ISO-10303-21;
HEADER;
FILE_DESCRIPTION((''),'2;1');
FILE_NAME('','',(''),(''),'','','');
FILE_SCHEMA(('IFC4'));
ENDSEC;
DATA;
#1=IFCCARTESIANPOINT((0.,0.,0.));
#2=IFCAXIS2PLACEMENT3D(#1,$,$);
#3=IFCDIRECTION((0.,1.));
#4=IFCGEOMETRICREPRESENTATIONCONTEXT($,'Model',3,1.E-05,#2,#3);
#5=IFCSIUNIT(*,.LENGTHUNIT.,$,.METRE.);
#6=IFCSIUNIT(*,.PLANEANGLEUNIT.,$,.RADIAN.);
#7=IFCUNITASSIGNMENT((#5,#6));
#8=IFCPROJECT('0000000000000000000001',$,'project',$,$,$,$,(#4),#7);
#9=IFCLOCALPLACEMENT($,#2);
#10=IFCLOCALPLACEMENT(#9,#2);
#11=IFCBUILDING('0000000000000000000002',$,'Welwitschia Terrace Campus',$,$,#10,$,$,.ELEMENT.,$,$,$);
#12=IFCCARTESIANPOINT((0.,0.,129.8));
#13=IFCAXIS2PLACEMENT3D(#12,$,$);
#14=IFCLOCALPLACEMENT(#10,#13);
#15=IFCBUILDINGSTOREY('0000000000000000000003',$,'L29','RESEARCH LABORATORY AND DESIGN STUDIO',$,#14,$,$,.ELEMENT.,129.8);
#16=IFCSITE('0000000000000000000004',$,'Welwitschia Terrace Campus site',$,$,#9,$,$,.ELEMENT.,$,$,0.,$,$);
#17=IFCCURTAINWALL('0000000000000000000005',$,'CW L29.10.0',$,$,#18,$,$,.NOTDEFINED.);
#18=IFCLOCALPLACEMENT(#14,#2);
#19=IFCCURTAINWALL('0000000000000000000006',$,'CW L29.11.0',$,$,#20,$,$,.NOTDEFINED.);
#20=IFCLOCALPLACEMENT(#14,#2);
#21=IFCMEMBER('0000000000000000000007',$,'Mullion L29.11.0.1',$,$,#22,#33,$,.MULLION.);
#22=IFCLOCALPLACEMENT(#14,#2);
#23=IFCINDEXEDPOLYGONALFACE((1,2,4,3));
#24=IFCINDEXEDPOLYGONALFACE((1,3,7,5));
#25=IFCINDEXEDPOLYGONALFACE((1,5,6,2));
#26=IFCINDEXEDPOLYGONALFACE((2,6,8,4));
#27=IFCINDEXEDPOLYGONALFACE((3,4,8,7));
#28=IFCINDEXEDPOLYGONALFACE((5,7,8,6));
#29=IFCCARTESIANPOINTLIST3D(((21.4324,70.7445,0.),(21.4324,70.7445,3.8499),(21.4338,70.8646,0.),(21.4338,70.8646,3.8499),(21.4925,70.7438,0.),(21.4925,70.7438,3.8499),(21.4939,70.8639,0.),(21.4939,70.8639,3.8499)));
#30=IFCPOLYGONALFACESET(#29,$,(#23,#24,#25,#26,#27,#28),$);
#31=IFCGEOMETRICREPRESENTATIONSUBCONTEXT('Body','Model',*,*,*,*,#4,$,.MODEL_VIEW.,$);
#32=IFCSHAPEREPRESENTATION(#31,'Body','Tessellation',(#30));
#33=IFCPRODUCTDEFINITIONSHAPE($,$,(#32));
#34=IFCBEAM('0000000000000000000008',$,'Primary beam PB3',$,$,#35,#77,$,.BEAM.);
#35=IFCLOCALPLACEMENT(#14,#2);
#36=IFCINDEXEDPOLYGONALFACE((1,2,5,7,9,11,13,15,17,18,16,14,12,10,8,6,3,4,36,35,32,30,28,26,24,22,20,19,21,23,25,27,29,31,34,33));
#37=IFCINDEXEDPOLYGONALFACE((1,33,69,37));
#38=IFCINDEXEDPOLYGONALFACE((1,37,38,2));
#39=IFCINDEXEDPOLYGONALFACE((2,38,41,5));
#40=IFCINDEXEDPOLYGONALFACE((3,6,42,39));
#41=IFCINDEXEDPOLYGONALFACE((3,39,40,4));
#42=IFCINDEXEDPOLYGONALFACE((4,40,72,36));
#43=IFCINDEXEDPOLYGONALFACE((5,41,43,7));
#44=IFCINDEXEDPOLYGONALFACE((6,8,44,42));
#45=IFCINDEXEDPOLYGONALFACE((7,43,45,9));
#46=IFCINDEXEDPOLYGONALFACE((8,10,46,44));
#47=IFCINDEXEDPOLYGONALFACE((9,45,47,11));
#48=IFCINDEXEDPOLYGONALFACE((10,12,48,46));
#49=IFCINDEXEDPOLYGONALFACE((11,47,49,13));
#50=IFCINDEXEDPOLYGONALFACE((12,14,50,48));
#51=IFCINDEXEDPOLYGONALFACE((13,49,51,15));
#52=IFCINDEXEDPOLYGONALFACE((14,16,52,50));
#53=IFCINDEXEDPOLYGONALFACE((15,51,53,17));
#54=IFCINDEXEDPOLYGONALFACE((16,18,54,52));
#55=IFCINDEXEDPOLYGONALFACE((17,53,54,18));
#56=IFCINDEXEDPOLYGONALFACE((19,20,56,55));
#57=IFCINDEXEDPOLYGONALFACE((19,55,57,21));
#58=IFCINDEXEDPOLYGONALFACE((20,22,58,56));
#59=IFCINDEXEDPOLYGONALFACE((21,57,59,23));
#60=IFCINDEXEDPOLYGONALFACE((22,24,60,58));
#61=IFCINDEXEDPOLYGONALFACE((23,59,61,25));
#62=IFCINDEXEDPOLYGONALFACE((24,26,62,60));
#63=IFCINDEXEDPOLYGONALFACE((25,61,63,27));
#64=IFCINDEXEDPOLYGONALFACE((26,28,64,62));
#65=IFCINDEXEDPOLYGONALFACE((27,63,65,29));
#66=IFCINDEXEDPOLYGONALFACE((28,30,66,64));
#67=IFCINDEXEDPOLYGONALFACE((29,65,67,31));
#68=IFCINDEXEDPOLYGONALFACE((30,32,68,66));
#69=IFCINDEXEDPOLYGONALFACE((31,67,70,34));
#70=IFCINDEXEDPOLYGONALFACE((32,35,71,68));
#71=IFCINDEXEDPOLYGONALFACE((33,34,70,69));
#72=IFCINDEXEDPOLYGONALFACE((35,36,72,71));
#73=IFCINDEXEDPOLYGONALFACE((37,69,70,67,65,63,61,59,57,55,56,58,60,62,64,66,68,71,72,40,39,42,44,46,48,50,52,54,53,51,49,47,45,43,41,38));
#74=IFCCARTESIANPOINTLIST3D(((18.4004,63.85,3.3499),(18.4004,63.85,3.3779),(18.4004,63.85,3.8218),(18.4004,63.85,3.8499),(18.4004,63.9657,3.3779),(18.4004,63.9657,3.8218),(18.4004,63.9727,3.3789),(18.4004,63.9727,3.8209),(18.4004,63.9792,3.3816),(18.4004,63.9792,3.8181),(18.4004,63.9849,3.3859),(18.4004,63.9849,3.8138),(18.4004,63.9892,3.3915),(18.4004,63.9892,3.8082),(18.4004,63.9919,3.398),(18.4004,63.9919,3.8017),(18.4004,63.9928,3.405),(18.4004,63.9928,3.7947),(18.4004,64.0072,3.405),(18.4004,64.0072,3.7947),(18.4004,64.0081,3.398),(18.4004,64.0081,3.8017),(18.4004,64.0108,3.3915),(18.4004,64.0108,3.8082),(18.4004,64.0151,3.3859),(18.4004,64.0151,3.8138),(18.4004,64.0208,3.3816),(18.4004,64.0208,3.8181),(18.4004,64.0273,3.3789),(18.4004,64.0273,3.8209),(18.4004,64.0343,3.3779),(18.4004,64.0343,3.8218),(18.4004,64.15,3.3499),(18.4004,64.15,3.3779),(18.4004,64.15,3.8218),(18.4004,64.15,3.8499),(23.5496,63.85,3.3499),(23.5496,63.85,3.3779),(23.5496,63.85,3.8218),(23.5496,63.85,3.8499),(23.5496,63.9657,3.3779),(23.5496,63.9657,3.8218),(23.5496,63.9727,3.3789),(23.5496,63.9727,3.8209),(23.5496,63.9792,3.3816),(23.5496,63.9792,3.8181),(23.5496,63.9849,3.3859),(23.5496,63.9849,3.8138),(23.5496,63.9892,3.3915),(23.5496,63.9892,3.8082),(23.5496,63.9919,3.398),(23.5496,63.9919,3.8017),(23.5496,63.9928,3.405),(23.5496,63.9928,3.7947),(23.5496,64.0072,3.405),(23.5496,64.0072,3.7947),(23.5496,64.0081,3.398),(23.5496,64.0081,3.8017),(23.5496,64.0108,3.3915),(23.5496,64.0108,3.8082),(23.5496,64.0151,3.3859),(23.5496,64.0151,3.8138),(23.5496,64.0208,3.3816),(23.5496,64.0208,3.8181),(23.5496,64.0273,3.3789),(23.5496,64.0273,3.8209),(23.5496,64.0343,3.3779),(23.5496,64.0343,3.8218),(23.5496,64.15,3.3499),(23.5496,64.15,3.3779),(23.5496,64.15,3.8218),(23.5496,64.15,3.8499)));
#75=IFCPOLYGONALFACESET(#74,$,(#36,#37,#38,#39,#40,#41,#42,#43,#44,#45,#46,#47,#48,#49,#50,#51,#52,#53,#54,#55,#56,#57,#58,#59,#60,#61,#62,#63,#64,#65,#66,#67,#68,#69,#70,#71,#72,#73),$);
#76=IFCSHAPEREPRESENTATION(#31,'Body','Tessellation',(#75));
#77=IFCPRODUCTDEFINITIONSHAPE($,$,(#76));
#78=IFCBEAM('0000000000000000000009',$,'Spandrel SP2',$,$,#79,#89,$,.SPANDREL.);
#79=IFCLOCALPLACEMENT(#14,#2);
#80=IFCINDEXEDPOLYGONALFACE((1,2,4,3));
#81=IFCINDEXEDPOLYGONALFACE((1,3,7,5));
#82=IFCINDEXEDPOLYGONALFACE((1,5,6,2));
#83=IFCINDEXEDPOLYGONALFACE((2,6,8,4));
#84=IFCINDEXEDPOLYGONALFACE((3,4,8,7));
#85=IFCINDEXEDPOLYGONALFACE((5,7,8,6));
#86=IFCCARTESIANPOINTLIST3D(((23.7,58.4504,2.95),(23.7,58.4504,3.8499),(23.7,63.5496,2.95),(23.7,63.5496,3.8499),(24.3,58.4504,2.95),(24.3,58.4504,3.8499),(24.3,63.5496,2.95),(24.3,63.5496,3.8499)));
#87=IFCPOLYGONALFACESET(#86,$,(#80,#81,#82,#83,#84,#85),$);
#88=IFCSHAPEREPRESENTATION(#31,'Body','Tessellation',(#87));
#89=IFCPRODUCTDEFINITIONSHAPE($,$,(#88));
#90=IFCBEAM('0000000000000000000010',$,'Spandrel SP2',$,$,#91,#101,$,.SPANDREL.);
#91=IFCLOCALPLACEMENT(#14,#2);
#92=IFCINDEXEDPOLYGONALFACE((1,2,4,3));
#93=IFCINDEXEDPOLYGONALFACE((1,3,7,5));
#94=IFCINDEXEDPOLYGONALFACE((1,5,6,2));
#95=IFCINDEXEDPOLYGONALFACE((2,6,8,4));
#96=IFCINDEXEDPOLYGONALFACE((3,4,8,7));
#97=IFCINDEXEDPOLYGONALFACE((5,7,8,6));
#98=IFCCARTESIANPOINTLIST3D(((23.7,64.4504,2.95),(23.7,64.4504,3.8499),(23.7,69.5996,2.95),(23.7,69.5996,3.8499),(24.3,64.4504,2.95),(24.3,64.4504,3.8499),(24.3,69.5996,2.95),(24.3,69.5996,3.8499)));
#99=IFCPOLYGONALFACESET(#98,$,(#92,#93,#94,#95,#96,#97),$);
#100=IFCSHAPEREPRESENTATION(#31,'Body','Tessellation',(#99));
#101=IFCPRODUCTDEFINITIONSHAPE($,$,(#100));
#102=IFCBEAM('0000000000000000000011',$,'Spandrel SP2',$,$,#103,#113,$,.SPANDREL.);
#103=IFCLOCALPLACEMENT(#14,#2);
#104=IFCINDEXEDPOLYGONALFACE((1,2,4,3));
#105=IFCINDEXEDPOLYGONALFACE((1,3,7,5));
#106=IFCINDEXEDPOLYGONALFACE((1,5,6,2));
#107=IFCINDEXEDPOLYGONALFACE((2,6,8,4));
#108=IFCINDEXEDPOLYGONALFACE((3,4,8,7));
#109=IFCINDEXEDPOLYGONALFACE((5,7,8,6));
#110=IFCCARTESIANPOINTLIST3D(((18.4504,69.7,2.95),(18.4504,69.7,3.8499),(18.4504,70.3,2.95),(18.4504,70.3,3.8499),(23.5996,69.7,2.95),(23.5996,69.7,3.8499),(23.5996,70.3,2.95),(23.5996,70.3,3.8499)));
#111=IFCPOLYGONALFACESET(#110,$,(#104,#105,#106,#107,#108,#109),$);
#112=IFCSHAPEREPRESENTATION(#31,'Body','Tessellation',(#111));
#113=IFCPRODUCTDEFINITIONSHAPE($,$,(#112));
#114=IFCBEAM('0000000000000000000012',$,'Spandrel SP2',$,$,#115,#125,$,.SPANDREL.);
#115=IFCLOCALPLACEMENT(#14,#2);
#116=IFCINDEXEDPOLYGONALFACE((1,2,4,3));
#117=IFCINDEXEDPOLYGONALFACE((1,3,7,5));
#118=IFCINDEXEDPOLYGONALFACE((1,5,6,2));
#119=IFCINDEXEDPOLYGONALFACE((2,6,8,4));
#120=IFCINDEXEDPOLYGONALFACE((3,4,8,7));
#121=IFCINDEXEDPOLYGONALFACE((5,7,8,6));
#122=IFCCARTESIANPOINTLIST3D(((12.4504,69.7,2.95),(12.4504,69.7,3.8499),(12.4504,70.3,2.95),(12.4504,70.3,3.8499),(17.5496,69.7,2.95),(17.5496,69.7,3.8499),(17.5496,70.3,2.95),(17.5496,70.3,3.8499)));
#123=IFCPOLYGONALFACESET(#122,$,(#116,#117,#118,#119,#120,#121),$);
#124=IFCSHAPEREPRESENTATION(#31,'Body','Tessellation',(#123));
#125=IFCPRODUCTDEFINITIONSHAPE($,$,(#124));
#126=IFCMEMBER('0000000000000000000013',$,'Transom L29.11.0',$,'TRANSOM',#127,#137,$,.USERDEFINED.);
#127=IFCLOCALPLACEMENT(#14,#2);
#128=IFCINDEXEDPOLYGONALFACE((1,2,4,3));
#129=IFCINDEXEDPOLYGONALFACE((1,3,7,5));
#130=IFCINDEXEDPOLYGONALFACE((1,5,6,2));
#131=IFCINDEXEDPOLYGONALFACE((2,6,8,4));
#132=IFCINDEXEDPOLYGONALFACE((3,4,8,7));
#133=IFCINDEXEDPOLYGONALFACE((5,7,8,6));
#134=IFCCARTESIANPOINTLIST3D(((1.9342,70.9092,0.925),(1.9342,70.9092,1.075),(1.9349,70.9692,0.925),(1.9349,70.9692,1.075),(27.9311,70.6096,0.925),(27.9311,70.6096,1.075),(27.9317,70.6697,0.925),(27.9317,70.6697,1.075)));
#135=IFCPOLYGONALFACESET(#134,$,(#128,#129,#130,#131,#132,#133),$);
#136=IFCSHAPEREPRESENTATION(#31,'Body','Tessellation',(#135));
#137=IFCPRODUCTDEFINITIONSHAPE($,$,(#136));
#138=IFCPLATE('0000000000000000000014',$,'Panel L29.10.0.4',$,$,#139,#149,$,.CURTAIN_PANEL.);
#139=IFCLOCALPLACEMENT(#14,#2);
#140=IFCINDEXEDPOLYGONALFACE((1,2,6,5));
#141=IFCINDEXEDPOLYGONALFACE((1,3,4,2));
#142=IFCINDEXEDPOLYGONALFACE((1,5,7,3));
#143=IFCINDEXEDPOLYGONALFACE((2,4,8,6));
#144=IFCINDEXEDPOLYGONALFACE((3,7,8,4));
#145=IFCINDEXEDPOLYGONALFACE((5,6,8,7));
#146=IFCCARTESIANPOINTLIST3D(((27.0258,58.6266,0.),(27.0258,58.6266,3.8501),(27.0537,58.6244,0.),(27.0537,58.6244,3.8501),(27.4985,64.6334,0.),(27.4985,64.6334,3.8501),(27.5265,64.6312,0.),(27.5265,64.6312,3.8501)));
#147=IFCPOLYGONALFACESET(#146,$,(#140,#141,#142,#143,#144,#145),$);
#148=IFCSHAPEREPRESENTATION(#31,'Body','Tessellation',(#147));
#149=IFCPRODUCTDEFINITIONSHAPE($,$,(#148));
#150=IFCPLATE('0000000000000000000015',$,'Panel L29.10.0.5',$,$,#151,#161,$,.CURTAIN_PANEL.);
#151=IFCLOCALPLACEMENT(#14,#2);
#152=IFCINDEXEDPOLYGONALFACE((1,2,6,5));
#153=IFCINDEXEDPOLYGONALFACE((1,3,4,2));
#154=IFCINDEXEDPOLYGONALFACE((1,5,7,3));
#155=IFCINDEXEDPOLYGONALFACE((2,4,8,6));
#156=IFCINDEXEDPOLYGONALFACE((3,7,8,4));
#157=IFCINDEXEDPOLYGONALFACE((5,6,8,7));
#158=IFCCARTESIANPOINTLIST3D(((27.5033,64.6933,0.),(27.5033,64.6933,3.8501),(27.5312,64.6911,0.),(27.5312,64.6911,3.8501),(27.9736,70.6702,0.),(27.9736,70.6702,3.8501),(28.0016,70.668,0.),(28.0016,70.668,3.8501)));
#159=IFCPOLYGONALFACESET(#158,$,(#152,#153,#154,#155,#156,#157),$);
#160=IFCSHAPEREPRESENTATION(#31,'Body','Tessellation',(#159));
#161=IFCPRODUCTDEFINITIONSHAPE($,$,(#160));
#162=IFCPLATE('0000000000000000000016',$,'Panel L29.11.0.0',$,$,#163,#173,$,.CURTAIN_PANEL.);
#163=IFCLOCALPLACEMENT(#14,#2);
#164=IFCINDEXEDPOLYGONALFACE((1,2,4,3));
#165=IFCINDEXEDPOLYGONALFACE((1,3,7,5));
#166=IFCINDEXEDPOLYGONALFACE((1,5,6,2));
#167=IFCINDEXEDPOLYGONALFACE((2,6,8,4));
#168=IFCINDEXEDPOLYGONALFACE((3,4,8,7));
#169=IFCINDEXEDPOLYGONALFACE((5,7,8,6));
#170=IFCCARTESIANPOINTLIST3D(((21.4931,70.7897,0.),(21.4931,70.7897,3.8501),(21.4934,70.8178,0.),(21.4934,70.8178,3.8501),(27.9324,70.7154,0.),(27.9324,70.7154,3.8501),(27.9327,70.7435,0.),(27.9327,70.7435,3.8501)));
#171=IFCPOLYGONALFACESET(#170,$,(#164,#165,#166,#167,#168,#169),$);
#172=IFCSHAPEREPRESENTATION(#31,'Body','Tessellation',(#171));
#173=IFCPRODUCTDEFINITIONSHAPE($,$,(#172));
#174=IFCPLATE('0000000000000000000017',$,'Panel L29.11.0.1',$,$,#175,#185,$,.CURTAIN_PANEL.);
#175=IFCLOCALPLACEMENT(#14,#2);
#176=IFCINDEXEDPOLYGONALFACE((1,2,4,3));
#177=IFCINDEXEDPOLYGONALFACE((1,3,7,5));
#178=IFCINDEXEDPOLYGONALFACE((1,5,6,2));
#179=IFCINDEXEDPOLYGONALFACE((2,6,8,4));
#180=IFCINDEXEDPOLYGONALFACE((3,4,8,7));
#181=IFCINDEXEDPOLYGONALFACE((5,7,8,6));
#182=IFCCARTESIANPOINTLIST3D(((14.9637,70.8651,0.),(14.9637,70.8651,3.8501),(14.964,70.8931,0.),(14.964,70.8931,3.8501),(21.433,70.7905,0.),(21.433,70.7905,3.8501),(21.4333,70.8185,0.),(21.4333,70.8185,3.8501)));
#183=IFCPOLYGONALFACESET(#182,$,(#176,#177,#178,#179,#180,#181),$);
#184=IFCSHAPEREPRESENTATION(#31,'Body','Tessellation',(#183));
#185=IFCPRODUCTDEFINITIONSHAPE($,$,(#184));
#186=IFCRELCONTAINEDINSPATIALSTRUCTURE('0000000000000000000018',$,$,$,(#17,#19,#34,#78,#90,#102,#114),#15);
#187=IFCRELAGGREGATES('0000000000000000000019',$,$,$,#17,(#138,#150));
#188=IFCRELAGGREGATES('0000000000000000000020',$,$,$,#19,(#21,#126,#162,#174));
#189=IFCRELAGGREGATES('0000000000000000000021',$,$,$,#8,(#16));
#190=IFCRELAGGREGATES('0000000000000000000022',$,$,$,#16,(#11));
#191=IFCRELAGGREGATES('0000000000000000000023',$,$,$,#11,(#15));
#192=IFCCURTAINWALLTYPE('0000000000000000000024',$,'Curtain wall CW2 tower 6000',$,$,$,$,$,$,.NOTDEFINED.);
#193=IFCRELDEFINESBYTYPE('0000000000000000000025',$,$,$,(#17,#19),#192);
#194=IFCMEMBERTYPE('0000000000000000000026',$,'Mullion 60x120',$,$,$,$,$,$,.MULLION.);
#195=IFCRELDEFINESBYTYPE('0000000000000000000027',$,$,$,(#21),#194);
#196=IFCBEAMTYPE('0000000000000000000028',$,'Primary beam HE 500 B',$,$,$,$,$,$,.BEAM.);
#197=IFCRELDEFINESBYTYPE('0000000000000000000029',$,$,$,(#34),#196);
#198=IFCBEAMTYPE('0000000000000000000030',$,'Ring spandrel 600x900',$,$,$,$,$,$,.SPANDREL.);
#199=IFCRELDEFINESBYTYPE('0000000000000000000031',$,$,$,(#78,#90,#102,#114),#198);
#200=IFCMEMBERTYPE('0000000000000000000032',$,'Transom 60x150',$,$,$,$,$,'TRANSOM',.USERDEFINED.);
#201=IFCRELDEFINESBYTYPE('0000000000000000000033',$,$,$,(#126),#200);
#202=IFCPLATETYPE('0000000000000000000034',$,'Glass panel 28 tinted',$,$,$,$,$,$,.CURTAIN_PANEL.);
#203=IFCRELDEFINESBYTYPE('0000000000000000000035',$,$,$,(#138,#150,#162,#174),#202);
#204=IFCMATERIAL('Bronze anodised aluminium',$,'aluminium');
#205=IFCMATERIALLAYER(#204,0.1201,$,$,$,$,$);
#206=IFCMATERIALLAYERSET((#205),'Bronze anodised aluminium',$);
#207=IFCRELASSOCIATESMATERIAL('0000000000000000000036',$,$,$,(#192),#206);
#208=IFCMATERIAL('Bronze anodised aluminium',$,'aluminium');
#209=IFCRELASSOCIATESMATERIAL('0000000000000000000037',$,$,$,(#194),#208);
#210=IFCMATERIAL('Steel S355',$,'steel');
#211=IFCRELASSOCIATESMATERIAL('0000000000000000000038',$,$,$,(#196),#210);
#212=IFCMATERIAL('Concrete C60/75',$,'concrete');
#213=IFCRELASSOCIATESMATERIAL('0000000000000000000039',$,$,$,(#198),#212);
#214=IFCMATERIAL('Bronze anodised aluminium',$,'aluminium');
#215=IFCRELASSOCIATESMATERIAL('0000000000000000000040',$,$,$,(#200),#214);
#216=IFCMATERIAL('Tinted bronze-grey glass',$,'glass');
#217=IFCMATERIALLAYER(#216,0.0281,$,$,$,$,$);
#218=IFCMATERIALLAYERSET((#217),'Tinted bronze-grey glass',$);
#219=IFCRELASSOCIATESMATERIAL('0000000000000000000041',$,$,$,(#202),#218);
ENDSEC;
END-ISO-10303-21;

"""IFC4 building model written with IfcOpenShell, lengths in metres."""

from ifc_helpers import new_model, si_unit, direction, frame, origin, origin_2d, place, context, subcontext, project, spatial, rectangle, i_section, extrude, material, layer, layer_set, material_profile, profile_set, type_object, element, aggregate, save


model = new_model("IFC4")

# Units and contexts
model_context = context("Model", 3, precision=1e-05, world=origin(), true_north=direction((0.0, 1.0)))
body_context = subcontext(model_context, "Body", "Model", "MODEL_VIEW")
ifc_project = project(units=[si_unit("LENGTHUNIT", "METRE"), si_unit("PLANEANGLEUNIT", "RADIAN")], contexts=[model_context])

# Site, building, storey
site_placement = place(None, origin())
site = spatial("IfcSite", under=ifc_project, at=site_placement, Name="Welwitschia Terrace Campus site", CompositionType="ELEMENT", RefElevation=0.0)
building_placement = place(site_placement, origin())
building = spatial("IfcBuilding", under=site, at=building_placement, Name="Welwitschia Terrace Campus", CompositionType="ELEMENT")
storey_placement = place(building_placement, frame((0.0, 0.0, 129.8)))
storey = spatial("IfcBuildingStorey", under=building, at=storey_placement, Name="L29", Description="RESEARCH LABORATORY AND DESIGN STUDIO", CompositionType="ELEMENT", Elevation=129.8)

# Curtain walls, member
ifc_material_1 = material(Name="Bronze anodised aluminium", Category="aluminium")
ifc_layer_1 = layer(ifc_material_1, 0.1201)
ifc_layer_set_1 = layer_set([ifc_layer_1], Name="Bronze anodised aluminium")
curtain_wall_type = type_object("IfcCurtainWallType", Name="Curtain wall CW2 tower 6000", PredefinedType="NOTDEFINED", material=ifc_layer_set_1)
curtain_wall_1_placement = place(storey_placement, origin())
curtain_wall_1 = element("IfcCurtainWall", 1, at=curtain_wall_1_placement, inside=storey, type_object=curtain_wall_type, Name="CW L29.10.0", PredefinedType="NOTDEFINED")
ifc_material_2 = material(Name="Bronze anodised aluminium", Category="aluminium")
ifc_material_profile_1 = material_profile(ifc_material_2, rectangle(XDim=0.1201, YDim=0.0601, at=origin_2d()))
ifc_profile_set_1 = profile_set([ifc_material_profile_1], Name="Bronze anodised aluminium")
member_type_1 = type_object("IfcMemberType", Name="Mullion 60x120", PredefinedType="MULLION", material=ifc_profile_set_1)
curtain_wall_2_placement = place(storey_placement, origin())
curtain_wall_2 = element("IfcCurtainWall", 2, at=curtain_wall_2_placement, inside=storey, type_object=curtain_wall_type, Name="CW L29.11.0", PredefinedType="NOTDEFINED")
member_1_placement = place(storey_placement, frame((21.4631, 70.8042, 0.0), z_axis=(0.0, 0.0, 1.0), x_axis=(-0.01153, -0.999934, 0.0)))
member_1 = element("IfcMember", 3, at=member_1_placement, type_object=member_type_1, Name="Mullion L29.11.0.1", PredefinedType="MULLION", context=body_context, shape_type="SweptSolid", body=[
    extrude(rectangle(XDim=0.1201, YDim=0.0601, at=origin_2d()), origin(), (0.0, 0.0, 1.0), 3.8499),
])

# Beams
ifc_material_3 = material(Name="Steel S355", Category="steel")
ifc_material_profile_2 = material_profile(ifc_material_3, i_section(OverallWidth=0.3, OverallDepth=0.5, WebThickness=0.0144, FlangeThickness=0.0281, FilletRadius=0.0271, at=origin_2d()))
ifc_profile_set_2 = profile_set([ifc_material_profile_2], Name="Steel S355")
beam_type_1 = type_object("IfcBeamType", Name="Primary beam HE 500 B", PredefinedType="BEAM", material=ifc_profile_set_2)
beam_1_placement = place(storey_placement, frame((23.5496, 64.0, 3.5999), z_axis=(-1.0, 0.0, 0.0), x_axis=(0.0, -1.0, 0.0)))
element("IfcBeam", 4, at=beam_1_placement, inside=storey, type_object=beam_type_1, Name="Primary beam PB3", PredefinedType="BEAM", context=body_context, shape_type="SweptSolid", body=[
    extrude(i_section(OverallWidth=0.3, OverallDepth=0.5, WebThickness=0.0144, FlangeThickness=0.0281, FilletRadius=0.0271, at=origin_2d()), origin(), (0.0, 0.0, 1.0), 5.1492),
])
ifc_material_4 = material(Name="Concrete C60/75", Category="concrete")
ifc_material_profile_3 = material_profile(ifc_material_4, rectangle(XDim=0.6001, YDim=0.8999, at=origin_2d()))
ifc_profile_set_3 = profile_set([ifc_material_profile_3], Name="Concrete C60/75")
beam_type_2 = type_object("IfcBeamType", Name="Ring spandrel 600x900", PredefinedType="SPANDREL", material=ifc_profile_set_3)
beam_2_placement = place(storey_placement, frame((24.0, 58.4504, 3.3999), z_axis=(0.0, 1.0, 0.0), x_axis=(-1.0, 0.0, 0.0)))
element("IfcBeam", 5, at=beam_2_placement, inside=storey, type_object=beam_type_2, Name="Spandrel SP2", PredefinedType="SPANDREL", context=body_context, shape_type="SweptSolid", body=[
    extrude(rectangle(XDim=0.6001, YDim=0.8999, at=origin_2d()), origin(), (0.0, 0.0, 1.0), 5.0991),
])
for number, where, z_axis, x_axis, name in (
    (6, (24.0, 64.4504, 3.3999), (0.0, 1.0, 0.0), (-1.0, 0.0, 0.0), "Spandrel SP2"),
    (7, (23.5996, 70.0, 3.3999), (-1.0, 0.0, 0.0), (0.0, -1.0, 0.0), "Spandrel SP2"),
):
    element("IfcBeam", number, at=place(storey_placement, frame(where, z_axis=z_axis, x_axis=x_axis)), inside=storey, type_object=beam_type_2, Name=name, PredefinedType="SPANDREL", context=body_context, shape_type="SweptSolid", body=[
        extrude(rectangle(XDim=0.6001, YDim=0.8999, at=origin_2d()), origin(), (0.0, 0.0, 1.0), 5.1492),
    ])
beam_3_placement = place(storey_placement, frame((17.5496, 70.0, 3.3999), z_axis=(-1.0, 0.0, 0.0), x_axis=(0.0, -1.0, 0.0)))
element("IfcBeam", 8, at=beam_3_placement, inside=storey, type_object=beam_type_2, Name="Spandrel SP2", PredefinedType="SPANDREL", context=body_context, shape_type="SweptSolid", body=[
    extrude(rectangle(XDim=0.6001, YDim=0.8999, at=origin_2d()), origin(), (0.0, 0.0, 1.0), 5.0991),
])

# Member
ifc_material_5 = material(Name="Bronze anodised aluminium", Category="aluminium")
ifc_material_profile_4 = material_profile(ifc_material_5, rectangle(XDim=0.0601, YDim=0.1499, at=origin_2d()))
ifc_profile_set_4 = profile_set([ifc_material_profile_4], Name="Bronze anodised aluminium")
member_type_2 = type_object("IfcMemberType", Name="Transom 60x150", ElementType="TRANSOM", PredefinedType="USERDEFINED", material=ifc_profile_set_4)
member_2_placement = place(storey_placement, frame((27.9314, 70.6396, 1.0), z_axis=(-0.999934, 0.011522, 0.0), x_axis=(-0.011522, -0.999934, 0.0)))
member_2 = element("IfcMember", 9, at=member_2_placement, type_object=member_type_2, Name="Transom L29.11.0", ObjectType="TRANSOM", PredefinedType="USERDEFINED", context=body_context, shape_type="SweptSolid", body=[
    extrude(rectangle(XDim=0.0601, YDim=0.1499, at=origin_2d()), origin(), (0.0, 0.0, 1.0), 25.9985),
])

# Plates
ifc_material_6 = material(Name="Tinted bronze-grey glass", Category="glass")
ifc_layer_2 = layer(ifc_material_6, 0.0281)
ifc_layer_set_2 = layer_set([ifc_layer_2], Name="Tinted bronze-grey glass")
plate_type = type_object("IfcPlateType", Name="Glass panel 28 tinted", PredefinedType="CURTAIN_PANEL", material=ifc_layer_set_2)
plate_1_placement = place(storey_placement, frame((27.2761, 61.6289, 0.0), z_axis=(0.0, 0.0, 1.0), x_axis=(0.078459, 0.996917, 0.0)))
plate_1 = element("IfcPlate", 10, at=plate_1_placement, type_object=plate_type, Name="Panel L29.10.0.4", PredefinedType="CURTAIN_PANEL", context=body_context, shape_type="SweptSolid", body=[
    extrude(rectangle(XDim=6.0254, YDim=0.0281, at=origin_2d()), origin(), (0.0, 0.0, 1.0), 3.8501),
])
plate_2_placement = place(storey_placement, frame((27.7524, 67.6807, 0.0), z_axis=(0.0, 0.0, 1.0), x_axis=(0.078459, 0.996917, 0.0)))
plate_2 = element("IfcPlate", 11, at=plate_2_placement, type_object=plate_type, Name="Panel L29.10.0.5", PredefinedType="CURTAIN_PANEL", context=body_context, shape_type="SweptSolid", body=[
    extrude(rectangle(XDim=5.9954, YDim=0.0281, at=origin_2d()), origin(), (0.0, 0.0, 1.0), 3.8501),
])
aggregate(curtain_wall_1, [plate_1, plate_2])
plate_3_placement = place(storey_placement, frame((24.7129, 70.7666, 0.0), z_axis=(0.0, 0.0, 1.0), x_axis=(-0.999934, 0.01153, 0.0)))
plate_3 = element("IfcPlate", 12, at=plate_3_placement, type_object=plate_type, Name="Panel L29.11.0.0", PredefinedType="CURTAIN_PANEL", context=body_context, shape_type="SweptSolid", body=[
    extrude(rectangle(XDim=6.4397, YDim=0.0281, at=origin_2d()), origin(), (0.0, 0.0, 1.0), 3.8501),
])
plate_4_placement = place(storey_placement, frame((18.1985, 70.8418, 0.0), z_axis=(0.0, 0.0, 1.0), x_axis=(-0.999934, 0.01153, 0.0)))
plate_4 = element("IfcPlate", 13, at=plate_4_placement, type_object=plate_type, Name="Panel L29.11.0.1", PredefinedType="CURTAIN_PANEL", context=body_context, shape_type="SweptSolid", body=[
    extrude(rectangle(XDim=6.4697, YDim=0.0281, at=origin_2d()), origin(), (0.0, 0.0, 1.0), 3.8501),
])
aggregate(curtain_wall_2, [member_1, member_2, plate_3, plate_4])

save(model, "model.ifc")
